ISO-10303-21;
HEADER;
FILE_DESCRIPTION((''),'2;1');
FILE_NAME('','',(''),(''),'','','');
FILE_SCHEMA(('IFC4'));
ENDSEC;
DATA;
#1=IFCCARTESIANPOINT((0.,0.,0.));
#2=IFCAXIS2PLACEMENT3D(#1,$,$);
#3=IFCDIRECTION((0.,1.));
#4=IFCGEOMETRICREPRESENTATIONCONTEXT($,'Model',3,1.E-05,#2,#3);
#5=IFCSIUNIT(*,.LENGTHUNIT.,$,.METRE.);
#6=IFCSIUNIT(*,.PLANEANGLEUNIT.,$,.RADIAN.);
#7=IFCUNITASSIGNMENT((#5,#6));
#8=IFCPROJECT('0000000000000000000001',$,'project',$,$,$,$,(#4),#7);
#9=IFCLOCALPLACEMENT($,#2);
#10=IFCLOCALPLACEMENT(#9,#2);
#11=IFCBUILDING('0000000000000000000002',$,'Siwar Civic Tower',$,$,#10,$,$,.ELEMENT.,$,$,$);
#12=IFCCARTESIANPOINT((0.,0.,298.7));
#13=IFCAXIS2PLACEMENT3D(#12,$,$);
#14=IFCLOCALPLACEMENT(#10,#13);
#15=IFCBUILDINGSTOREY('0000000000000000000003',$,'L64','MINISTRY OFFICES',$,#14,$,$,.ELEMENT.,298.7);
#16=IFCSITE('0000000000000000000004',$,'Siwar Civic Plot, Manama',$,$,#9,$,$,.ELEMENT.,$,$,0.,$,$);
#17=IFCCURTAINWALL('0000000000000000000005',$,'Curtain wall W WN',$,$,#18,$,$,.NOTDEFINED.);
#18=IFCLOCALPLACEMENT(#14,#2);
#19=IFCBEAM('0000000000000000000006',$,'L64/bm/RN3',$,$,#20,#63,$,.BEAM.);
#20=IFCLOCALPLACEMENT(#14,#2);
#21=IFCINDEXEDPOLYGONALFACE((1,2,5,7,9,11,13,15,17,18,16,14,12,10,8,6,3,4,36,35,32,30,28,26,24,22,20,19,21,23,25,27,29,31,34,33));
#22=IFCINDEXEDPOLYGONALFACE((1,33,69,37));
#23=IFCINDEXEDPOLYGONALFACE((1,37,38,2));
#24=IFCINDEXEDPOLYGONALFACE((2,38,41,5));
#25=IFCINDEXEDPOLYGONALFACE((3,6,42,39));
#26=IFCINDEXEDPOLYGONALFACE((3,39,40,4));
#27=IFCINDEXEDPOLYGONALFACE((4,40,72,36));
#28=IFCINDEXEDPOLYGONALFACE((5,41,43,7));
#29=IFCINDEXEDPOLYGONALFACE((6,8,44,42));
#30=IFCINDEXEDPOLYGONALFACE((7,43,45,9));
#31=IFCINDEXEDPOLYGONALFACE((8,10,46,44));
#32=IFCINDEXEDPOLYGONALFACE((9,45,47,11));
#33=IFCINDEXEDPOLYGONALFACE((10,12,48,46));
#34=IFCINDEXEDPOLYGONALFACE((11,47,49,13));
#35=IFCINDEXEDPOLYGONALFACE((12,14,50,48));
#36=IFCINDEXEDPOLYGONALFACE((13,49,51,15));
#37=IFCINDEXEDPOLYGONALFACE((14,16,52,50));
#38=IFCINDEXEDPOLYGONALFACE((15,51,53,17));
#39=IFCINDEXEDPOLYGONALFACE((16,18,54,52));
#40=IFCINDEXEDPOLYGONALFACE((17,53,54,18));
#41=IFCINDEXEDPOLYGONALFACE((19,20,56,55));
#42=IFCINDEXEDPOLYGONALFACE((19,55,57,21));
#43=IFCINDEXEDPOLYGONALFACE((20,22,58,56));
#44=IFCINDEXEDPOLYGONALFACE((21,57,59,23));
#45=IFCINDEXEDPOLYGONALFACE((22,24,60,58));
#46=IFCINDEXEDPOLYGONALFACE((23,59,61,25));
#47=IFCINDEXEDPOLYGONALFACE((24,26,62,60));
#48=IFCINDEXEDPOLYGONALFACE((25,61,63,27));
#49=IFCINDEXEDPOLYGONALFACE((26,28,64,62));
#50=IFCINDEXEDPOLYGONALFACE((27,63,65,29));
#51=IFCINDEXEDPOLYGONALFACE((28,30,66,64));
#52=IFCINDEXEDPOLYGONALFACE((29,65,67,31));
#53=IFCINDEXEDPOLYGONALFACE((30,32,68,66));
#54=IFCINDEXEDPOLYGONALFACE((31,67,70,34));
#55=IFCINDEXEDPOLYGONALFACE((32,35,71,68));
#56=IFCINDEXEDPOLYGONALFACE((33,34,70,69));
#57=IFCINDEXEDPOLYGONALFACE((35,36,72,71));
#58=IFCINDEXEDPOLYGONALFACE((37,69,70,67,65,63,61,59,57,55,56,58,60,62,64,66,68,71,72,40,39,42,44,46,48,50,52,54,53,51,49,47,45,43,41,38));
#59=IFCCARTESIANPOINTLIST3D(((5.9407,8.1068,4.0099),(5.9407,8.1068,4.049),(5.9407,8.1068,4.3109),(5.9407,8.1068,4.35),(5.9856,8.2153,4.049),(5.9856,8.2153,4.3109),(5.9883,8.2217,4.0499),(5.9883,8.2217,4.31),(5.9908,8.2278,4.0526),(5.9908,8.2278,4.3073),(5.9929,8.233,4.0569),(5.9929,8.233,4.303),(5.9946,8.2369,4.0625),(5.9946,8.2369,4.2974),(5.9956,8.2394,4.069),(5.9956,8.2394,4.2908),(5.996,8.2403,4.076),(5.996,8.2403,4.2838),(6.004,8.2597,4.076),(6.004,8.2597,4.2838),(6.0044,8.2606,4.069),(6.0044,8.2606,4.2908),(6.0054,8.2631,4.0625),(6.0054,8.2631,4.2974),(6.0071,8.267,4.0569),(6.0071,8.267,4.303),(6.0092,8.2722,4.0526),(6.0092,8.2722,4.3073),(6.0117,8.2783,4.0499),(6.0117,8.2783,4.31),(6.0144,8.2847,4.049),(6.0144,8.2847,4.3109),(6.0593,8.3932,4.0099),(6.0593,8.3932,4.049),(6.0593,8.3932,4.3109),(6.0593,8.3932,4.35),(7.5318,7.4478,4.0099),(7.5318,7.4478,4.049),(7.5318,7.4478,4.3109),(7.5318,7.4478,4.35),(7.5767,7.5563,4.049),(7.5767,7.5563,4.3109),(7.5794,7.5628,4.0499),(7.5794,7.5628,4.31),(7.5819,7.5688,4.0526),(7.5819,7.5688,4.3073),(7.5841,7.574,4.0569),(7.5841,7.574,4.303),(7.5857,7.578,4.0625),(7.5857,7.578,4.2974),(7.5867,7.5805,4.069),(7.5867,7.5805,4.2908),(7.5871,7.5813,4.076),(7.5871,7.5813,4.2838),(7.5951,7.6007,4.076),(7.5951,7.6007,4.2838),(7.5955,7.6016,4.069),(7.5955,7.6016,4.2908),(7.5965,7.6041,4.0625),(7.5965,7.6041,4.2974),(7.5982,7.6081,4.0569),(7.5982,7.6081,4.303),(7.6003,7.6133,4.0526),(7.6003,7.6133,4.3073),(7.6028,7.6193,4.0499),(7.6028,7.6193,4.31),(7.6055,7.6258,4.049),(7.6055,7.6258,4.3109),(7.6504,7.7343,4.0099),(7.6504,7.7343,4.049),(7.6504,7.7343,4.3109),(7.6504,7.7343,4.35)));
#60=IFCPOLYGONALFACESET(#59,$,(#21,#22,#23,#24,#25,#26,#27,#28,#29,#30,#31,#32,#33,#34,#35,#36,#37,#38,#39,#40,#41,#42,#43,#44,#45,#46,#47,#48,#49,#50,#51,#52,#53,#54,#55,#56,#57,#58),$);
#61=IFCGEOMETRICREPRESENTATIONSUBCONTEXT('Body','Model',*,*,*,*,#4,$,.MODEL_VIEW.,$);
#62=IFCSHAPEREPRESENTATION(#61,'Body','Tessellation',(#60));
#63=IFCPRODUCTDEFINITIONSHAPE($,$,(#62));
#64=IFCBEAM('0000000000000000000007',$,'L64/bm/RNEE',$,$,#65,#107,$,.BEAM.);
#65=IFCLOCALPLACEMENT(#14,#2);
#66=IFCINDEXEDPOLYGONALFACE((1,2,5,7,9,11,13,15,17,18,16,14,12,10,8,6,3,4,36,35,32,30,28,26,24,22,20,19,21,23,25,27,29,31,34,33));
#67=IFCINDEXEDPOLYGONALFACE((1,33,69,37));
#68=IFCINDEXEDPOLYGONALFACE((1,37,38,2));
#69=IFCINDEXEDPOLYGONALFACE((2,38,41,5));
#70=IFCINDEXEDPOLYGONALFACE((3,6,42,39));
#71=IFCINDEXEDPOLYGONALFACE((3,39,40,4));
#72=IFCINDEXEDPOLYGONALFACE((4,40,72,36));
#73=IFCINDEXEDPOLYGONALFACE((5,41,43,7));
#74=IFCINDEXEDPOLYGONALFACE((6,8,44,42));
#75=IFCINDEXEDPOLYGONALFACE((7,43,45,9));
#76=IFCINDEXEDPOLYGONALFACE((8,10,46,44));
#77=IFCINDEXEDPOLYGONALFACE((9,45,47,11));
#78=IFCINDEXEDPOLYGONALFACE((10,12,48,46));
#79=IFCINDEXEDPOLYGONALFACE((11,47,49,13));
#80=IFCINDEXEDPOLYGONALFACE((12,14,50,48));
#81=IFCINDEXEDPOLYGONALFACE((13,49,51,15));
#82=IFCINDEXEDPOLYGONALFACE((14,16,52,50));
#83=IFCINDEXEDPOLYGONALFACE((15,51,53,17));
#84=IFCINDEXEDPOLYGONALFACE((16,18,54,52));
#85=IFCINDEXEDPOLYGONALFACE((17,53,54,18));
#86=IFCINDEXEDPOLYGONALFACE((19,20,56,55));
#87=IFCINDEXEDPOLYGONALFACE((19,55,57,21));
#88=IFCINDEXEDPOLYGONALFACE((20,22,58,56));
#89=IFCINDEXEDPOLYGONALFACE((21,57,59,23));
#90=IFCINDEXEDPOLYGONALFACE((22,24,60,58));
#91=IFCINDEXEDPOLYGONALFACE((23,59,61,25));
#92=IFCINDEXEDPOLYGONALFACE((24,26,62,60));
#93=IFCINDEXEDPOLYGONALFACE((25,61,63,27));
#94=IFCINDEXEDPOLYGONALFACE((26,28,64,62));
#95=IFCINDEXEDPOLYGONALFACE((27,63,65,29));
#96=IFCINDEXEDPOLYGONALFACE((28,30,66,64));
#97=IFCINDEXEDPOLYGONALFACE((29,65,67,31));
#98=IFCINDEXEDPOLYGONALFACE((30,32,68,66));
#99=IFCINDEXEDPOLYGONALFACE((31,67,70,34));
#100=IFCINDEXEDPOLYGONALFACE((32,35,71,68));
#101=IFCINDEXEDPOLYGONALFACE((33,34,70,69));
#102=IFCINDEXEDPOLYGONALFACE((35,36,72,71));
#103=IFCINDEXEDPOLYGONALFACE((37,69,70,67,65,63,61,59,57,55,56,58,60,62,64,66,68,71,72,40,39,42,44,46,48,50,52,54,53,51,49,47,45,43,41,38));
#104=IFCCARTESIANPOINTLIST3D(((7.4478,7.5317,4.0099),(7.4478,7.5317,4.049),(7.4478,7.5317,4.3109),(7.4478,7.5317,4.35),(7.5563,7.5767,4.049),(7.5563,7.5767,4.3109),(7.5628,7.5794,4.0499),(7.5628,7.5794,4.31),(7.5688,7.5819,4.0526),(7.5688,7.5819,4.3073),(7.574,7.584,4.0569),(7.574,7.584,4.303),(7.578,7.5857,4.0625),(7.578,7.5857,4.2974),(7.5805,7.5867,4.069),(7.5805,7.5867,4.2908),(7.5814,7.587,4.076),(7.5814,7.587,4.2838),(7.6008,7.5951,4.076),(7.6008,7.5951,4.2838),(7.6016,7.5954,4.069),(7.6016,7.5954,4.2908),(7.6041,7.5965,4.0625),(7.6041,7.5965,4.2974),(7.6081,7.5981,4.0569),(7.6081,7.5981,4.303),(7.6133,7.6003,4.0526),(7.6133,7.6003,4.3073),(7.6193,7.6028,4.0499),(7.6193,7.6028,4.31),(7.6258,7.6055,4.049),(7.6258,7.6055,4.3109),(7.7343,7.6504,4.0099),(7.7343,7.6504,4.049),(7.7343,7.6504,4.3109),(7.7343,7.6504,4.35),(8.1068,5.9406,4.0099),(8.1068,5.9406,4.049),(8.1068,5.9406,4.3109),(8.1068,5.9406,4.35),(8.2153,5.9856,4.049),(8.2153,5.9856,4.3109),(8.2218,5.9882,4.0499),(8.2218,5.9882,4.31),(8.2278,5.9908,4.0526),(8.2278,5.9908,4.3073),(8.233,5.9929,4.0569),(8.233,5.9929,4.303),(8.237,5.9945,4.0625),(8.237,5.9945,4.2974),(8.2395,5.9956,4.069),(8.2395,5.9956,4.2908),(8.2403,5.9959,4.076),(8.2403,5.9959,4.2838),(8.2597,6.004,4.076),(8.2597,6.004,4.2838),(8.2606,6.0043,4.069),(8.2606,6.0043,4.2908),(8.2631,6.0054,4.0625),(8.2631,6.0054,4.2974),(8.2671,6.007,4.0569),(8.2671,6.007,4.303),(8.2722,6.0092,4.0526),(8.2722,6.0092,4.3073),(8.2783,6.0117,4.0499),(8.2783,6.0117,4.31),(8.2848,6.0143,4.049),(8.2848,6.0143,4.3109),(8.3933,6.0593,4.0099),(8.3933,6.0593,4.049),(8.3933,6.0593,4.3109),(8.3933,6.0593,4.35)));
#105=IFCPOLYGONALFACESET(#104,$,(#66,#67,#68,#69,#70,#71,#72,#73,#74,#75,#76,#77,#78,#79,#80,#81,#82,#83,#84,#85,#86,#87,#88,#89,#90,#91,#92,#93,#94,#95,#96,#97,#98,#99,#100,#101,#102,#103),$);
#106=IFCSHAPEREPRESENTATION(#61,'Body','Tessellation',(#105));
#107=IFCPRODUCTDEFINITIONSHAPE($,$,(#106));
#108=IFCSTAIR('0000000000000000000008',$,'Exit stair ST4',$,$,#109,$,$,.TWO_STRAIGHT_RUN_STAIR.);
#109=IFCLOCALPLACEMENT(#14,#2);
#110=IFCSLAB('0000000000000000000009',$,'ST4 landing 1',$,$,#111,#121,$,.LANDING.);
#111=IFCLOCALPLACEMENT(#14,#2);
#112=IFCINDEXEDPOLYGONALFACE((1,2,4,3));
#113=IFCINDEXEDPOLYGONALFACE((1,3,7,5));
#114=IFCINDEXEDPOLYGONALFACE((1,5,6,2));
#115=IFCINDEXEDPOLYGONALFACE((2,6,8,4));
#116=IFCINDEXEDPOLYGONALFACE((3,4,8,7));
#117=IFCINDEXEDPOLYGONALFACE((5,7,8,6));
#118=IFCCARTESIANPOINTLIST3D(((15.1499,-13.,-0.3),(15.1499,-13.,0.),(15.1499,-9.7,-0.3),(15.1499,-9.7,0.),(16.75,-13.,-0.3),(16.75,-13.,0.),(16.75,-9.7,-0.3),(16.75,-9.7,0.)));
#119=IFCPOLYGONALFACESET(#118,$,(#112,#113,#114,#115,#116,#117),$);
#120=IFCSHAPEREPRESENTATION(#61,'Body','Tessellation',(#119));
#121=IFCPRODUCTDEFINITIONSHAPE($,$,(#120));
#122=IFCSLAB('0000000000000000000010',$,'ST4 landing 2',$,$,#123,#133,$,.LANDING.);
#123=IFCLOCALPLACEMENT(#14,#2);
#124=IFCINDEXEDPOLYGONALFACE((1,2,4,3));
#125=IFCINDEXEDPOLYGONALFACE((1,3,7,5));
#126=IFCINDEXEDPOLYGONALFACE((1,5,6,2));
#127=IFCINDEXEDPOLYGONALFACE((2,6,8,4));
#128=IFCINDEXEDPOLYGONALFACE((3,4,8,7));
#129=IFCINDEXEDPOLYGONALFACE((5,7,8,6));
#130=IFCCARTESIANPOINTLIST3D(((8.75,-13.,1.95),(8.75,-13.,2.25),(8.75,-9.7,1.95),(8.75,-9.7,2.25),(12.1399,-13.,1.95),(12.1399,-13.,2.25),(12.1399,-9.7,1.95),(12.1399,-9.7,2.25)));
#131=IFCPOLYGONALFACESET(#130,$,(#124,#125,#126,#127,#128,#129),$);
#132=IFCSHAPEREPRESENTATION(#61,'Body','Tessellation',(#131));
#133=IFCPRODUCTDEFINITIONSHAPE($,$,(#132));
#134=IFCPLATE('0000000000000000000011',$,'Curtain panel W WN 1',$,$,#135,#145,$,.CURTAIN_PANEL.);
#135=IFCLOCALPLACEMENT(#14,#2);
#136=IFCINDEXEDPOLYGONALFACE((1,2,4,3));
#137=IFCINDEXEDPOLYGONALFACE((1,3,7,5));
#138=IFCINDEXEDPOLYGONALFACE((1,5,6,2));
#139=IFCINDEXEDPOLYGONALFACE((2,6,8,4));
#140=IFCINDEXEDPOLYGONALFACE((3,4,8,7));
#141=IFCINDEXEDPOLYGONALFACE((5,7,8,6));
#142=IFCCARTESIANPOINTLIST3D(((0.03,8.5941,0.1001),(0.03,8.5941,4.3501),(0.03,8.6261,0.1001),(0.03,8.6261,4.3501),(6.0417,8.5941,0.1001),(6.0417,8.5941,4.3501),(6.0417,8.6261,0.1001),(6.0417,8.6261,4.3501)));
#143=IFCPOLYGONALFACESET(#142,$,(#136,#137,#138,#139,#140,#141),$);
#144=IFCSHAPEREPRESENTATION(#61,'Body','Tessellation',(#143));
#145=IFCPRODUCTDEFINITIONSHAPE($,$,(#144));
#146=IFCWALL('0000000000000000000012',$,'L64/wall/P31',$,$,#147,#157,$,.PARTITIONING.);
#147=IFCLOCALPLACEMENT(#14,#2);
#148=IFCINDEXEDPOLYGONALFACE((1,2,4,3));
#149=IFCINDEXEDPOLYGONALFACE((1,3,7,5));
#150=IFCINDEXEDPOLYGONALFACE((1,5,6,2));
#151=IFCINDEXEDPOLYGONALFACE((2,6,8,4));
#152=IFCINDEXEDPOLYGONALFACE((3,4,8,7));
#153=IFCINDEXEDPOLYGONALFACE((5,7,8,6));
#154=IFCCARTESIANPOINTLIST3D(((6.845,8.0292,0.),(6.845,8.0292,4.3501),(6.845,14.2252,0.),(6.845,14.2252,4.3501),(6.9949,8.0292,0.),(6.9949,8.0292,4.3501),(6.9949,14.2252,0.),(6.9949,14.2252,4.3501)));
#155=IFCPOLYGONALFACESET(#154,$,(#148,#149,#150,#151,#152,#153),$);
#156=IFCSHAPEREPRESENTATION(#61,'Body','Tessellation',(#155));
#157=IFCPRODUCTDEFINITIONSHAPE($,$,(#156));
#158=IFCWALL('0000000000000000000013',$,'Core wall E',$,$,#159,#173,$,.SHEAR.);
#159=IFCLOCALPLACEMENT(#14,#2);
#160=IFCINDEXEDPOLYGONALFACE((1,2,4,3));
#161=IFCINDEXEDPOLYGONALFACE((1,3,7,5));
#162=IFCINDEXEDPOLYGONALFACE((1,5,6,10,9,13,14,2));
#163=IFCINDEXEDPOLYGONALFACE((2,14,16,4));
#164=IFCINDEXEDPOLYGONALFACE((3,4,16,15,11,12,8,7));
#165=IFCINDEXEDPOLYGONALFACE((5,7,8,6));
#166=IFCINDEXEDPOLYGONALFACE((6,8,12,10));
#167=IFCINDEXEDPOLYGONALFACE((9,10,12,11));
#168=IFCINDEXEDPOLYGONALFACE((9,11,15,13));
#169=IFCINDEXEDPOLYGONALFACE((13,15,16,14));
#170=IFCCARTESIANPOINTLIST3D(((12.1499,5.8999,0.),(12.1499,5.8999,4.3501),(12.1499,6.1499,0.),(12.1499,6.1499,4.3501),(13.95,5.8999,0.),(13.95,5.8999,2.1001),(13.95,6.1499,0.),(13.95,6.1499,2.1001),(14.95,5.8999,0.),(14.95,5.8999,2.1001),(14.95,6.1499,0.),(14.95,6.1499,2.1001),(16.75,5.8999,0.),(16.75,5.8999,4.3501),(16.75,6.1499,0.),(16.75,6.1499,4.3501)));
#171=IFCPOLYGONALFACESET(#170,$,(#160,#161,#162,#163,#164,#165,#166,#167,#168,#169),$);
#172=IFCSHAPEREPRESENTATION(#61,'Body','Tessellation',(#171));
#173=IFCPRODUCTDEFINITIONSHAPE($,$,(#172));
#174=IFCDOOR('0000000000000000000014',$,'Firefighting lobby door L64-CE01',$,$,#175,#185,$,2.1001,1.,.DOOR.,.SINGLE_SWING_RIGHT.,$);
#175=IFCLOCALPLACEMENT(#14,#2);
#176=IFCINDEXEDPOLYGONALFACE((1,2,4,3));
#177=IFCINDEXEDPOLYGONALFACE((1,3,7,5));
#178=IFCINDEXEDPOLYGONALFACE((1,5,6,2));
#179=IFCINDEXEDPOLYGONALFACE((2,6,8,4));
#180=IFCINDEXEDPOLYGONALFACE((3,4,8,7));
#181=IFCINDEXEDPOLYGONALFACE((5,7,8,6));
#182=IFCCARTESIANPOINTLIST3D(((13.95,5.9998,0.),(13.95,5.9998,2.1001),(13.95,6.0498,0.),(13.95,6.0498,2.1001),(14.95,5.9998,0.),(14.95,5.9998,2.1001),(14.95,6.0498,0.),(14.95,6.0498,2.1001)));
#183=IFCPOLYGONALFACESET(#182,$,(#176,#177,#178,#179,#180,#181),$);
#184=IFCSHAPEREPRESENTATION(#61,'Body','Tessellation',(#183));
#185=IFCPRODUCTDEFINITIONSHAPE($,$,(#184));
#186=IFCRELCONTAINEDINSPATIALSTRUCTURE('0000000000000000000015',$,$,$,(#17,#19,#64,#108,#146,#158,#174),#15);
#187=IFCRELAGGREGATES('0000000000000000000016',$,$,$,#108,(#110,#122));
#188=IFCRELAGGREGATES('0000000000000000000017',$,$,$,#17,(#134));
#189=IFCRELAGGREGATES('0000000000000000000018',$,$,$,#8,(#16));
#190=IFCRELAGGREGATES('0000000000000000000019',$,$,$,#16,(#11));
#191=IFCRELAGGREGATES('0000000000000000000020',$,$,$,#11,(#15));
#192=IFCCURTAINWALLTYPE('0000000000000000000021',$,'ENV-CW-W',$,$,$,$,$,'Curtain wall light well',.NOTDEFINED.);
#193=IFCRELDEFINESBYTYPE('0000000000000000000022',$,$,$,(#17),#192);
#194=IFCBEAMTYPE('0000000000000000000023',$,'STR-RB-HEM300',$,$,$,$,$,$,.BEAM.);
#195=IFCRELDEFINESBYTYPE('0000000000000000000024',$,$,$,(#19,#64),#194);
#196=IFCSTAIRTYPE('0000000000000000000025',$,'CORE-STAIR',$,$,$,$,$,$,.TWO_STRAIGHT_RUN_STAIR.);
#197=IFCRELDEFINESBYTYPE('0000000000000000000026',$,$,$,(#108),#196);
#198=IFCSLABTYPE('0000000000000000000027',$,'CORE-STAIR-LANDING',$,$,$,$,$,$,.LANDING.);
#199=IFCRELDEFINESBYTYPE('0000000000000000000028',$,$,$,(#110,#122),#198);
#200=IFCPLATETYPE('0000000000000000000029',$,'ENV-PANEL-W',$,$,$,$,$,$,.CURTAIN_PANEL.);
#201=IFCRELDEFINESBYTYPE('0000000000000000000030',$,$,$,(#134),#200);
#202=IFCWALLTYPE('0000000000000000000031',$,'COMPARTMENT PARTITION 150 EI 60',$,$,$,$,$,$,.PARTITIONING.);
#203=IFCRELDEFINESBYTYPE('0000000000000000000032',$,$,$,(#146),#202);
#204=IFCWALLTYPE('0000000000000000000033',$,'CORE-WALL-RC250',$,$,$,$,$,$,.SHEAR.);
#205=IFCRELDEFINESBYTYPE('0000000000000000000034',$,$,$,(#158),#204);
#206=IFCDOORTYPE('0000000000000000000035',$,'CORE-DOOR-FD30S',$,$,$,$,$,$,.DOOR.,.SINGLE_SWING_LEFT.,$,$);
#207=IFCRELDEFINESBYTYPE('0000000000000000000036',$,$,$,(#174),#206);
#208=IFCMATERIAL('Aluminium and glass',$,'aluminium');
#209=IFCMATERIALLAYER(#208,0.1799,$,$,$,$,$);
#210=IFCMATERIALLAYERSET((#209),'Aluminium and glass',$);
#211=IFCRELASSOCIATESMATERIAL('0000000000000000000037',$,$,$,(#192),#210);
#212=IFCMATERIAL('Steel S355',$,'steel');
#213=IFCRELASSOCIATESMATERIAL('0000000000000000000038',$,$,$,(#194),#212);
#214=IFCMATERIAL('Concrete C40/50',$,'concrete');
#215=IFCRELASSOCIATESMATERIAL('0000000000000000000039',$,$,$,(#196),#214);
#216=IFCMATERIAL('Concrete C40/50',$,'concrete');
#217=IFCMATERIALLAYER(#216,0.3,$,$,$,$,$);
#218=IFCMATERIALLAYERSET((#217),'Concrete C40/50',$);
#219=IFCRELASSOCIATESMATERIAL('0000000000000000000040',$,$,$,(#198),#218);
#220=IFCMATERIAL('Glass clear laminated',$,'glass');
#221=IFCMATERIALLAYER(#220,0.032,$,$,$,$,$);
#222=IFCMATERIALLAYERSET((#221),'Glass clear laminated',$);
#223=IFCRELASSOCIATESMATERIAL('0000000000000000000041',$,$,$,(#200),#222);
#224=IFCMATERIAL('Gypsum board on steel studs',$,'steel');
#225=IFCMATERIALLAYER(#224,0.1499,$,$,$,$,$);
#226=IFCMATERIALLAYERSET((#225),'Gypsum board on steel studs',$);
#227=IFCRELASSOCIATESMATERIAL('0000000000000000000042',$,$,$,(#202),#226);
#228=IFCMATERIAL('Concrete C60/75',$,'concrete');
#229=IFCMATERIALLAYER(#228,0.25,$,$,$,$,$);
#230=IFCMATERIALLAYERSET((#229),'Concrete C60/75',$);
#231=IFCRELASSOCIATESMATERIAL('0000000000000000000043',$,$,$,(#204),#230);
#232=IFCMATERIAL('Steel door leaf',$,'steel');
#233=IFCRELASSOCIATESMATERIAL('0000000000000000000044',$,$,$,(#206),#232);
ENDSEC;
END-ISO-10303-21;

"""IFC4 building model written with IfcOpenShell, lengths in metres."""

from ifc_helpers import new_model, si_unit, direction, frame, frame_2d, origin, origin_2d, place, context, subcontext, project, spatial, polyline, rectangle, i_section, outline, extrude, material, layer, layer_set, material_profile, profile_set, type_object, element, fill, aggregate, save


model = new_model("IFC4")

# Units and contexts
model_context = context("Model", 3, precision=1e-05, world=origin(), true_north=direction((0.0, 1.0)))
body_context = subcontext(model_context, "Body", "Model", "MODEL_VIEW")
ifc_project = project(units=[si_unit("LENGTHUNIT", "METRE"), si_unit("PLANEANGLEUNIT", "RADIAN")], contexts=[model_context])

# Site, building, storey
site_placement = place(None, origin())
site = spatial("IfcSite", under=ifc_project, at=site_placement, Name="Siwar Civic Plot, Manama", CompositionType="ELEMENT", RefElevation=0.0)
building_placement = place(site_placement, origin())
building = spatial("IfcBuilding", under=site, at=building_placement, Name="Siwar Civic Tower", CompositionType="ELEMENT")
storey_placement = place(building_placement, frame((0.0, 0.0, 298.7)))
storey = spatial("IfcBuildingStorey", under=building, at=storey_placement, Name="L64", Description="MINISTRY OFFICES", CompositionType="ELEMENT", Elevation=298.7)

# Curtain wall
ifc_material_1 = material(Name="Aluminium and glass", Category="aluminium")
ifc_layer_1 = layer(ifc_material_1, 0.1799)
ifc_layer_set_1 = layer_set([ifc_layer_1], Name="Aluminium and glass")
curtain_wall_type = type_object("IfcCurtainWallType", Name="ENV-CW-W", ElementType="Curtain wall light well", PredefinedType="NOTDEFINED", material=ifc_layer_set_1)
curtain_wall_placement = place(storey_placement, origin())
curtain_wall = element("IfcCurtainWall", 1, at=curtain_wall_placement, inside=storey, type_object=curtain_wall_type, Name="Curtain wall W WN", PredefinedType="NOTDEFINED")

# Beams
ifc_material_2 = material(Name="Steel S355", Category="steel")
ifc_material_profile_1 = material_profile(ifc_material_2, i_section(OverallWidth=0.3101, OverallDepth=0.3401, WebThickness=0.021, FlangeThickness=0.0391, FilletRadius=0.0271, at=origin_2d()), Name="HEM300")
ifc_profile_set_1 = profile_set([ifc_material_profile_1], Name="Steel S355")
beam_type_1 = type_object("IfcBeamType", Name="STR-RB-HEM300", PredefinedType="BEAM", material=ifc_profile_set_1)
for number, where, z_axis, x_axis, name in (
    (2, (6.0, 8.25, 4.1799), (0.923901, -0.382631, 0.0), (0.382631, 0.923901, 0.0), "L64/bm/RN3"),
    (3, (7.5911, 7.5911, 4.1799), (0.382631, -0.923901, 0.0), (0.923901, 0.382631, 0.0), "L64/bm/RNEE"),
):
    element("IfcBeam", number, at=place(storey_placement, frame(where, z_axis=z_axis, x_axis=x_axis)), inside=storey, type_object=beam_type_1, Name=name, PredefinedType="BEAM", context=body_context, shape_type="SweptSolid", body=[
        extrude(i_section(OverallWidth=0.3101, OverallDepth=0.3401, WebThickness=0.021, FlangeThickness=0.0391, FilletRadius=0.0271, at=origin_2d()), origin(), (0.0, 0.0, 1.0), 1.7222),
    ])

# Stair, slabs
ifc_material_3 = material(Name="Concrete C40/50", Category="concrete")
stair_type = type_object("IfcStairType", Name="CORE-STAIR", PredefinedType="TWO_STRAIGHT_RUN_STAIR", material=ifc_material_3)
stair_placement = place(storey_placement, origin())
stair = element("IfcStair", 4, at=stair_placement, inside=storey, type_object=stair_type, Name="Exit stair ST4", PredefinedType="TWO_STRAIGHT_RUN_STAIR")
ifc_material_4 = material(Name="Concrete C40/50", Category="concrete")
ifc_layer_2 = layer(ifc_material_4, 0.3)
ifc_layer_set_2 = layer_set([ifc_layer_2], Name="Concrete C40/50")
slab_type_1 = type_object("IfcSlabType", Name="CORE-STAIR-LANDING", PredefinedType="LANDING", material=ifc_layer_set_2)
slab_1_placement = place(storey_placement, frame((0.0, 0.0, -0.3)))
slab_1 = element("IfcSlab", 5, at=slab_1_placement, type_object=slab_type_1, Name="ST4 landing 1", PredefinedType="LANDING", context=body_context, shape_type="SweptSolid", body=[
    extrude(outline(polyline([(15.1499, -13.0), (16.75, -13.0), (16.75, -9.7), (15.1499, -9.7), (15.1499, -13.0)])), origin(), (0.0, 0.0, 1.0), 0.3),
])
slab_2_placement = place(storey_placement, frame((0.0, 0.0, 1.95)))
slab_2 = element("IfcSlab", 6, at=slab_2_placement, type_object=slab_type_1, Name="ST4 landing 2", PredefinedType="LANDING", context=body_context, shape_type="SweptSolid", body=[
    extrude(outline(polyline([(8.75, -13.0), (12.1399, -13.0), (12.1399, -9.7), (8.75, -9.7), (8.75, -13.0)])), origin(), (0.0, 0.0, 1.0), 0.3),
])
aggregate(stair, [slab_1, slab_2])

# Plate
ifc_material_5 = material(Name="Glass clear laminated", Category="glass")
ifc_layer_3 = layer(ifc_material_5, 0.032)
ifc_layer_set_3 = layer_set([ifc_layer_3], Name="Glass clear laminated")
plate_type = type_object("IfcPlateType", Name="ENV-PANEL-W", PredefinedType="CURTAIN_PANEL", material=ifc_layer_set_3)
plate_placement = place(storey_placement, frame((3.0359, 8.6101, 0.1001), z_axis=(0.0, 0.0, 1.0), x_axis=(-1.0, 0.0, 0.0)))
plate = element("IfcPlate", 7, at=plate_placement, type_object=plate_type, Name="Curtain panel W WN 1", PredefinedType="CURTAIN_PANEL", context=body_context, shape_type="SweptSolid", body=[
    extrude(rectangle(XDim=6.0117, YDim=0.032, at=origin_2d()), origin(), (0.0, 0.0, 1.0), 4.25),
])
aggregate(curtain_wall, [plate])

# Wall
ifc_material_6 = material(Name="Gypsum board on steel studs", Category="steel")
ifc_layer_4 = layer(ifc_material_6, 0.1499)
ifc_layer_set_4 = layer_set([ifc_layer_4], Name="Gypsum board on steel studs")
wall_type_1 = type_object("IfcWallType", Name="COMPARTMENT PARTITION 150 EI 60", PredefinedType="PARTITIONING", material=ifc_layer_set_4)
wall_1_placement = place(storey_placement, frame((6.9199, 8.0291, 0.0), z_axis=(0.0, 0.0, 1.0), x_axis=(0.0, 1.0, 0.0)))
element("IfcWall", 8, at=wall_1_placement, inside=storey, type_object=wall_type_1, Name="L64/wall/P31", PredefinedType="PARTITIONING", context=body_context, shape_type="SweptSolid", body=[
    extrude(rectangle(XDim=6.196, YDim=0.1499, at=frame_2d((3.0981, 0.0))), origin(), (0.0, 0.0, 1.0), 4.3501),
])

# Wall, opening, door
ifc_material_7 = material(Name="Concrete C60/75", Category="concrete")
ifc_layer_5 = layer(ifc_material_7, 0.25)
ifc_layer_set_5 = layer_set([ifc_layer_5], Name="Concrete C60/75")
wall_type_2 = type_object("IfcWallType", Name="CORE-WALL-RC250", PredefinedType="SHEAR", material=ifc_layer_set_5)
wall_2_placement = place(storey_placement, frame((12.1499, 6.0249, 0.0), z_axis=(0.0, 0.0, 1.0), x_axis=(1.0, 0.0, 0.0)))
wall_2 = element("IfcWall", 9, at=wall_2_placement, inside=storey, type_object=wall_type_2, Name="Core wall E", PredefinedType="SHEAR", context=body_context, shape_type="SweptSolid", body=[
    extrude(rectangle(XDim=4.6001, YDim=0.25, at=frame_2d((2.3, 0.0))), origin(), (0.0, 0.0, 1.0), 4.3501),
])
opening_placement = place(wall_2_placement, frame((1.8, 0.0, 0.0)))
opening = element("IfcOpeningElement", 10, at=opening_placement, cuts=wall_2, PredefinedType="OPENING", context=body_context, shape_type="SweptSolid", body=[
    extrude(rectangle(XDim=1.0, YDim=2.1001, at=frame_2d((0.5, 1.05))), frame((0.0, 0.135, 0.0), z_axis=(0.0, -1.0, 0.0), x_axis=(1.0, 0.0, 0.0)), (0.0, 0.0, 1.0), 0.27),
])
ifc_material_8 = material(Name="Steel door leaf", Category="steel")
door_type = type_object("IfcDoorType", Name="CORE-DOOR-FD30S", OperationType="SINGLE_SWING_LEFT", PredefinedType="DOOR", material=ifc_material_8)
door_placement = place(opening_placement, origin())
door = element("IfcDoor", 11, at=door_placement, inside=storey, type_object=door_type, Name="Firefighting lobby door L64-CE01", OperationType="SINGLE_SWING_RIGHT", OverallHeight=2.1001, OverallWidth=1.0, PredefinedType="DOOR", context=body_context, shape_type="SweptSolid", body=[
    extrude(rectangle(XDim=1.0, YDim=2.1001, at=frame_2d((0.5, 1.05))), frame((0.0, 0.0249, 0.0), z_axis=(0.0, -1.0, 0.0), x_axis=(1.0, 0.0, 0.0)), (0.0, 0.0, 1.0), 0.05),
])
fill(opening, door)

save(model, "model.ifc")
